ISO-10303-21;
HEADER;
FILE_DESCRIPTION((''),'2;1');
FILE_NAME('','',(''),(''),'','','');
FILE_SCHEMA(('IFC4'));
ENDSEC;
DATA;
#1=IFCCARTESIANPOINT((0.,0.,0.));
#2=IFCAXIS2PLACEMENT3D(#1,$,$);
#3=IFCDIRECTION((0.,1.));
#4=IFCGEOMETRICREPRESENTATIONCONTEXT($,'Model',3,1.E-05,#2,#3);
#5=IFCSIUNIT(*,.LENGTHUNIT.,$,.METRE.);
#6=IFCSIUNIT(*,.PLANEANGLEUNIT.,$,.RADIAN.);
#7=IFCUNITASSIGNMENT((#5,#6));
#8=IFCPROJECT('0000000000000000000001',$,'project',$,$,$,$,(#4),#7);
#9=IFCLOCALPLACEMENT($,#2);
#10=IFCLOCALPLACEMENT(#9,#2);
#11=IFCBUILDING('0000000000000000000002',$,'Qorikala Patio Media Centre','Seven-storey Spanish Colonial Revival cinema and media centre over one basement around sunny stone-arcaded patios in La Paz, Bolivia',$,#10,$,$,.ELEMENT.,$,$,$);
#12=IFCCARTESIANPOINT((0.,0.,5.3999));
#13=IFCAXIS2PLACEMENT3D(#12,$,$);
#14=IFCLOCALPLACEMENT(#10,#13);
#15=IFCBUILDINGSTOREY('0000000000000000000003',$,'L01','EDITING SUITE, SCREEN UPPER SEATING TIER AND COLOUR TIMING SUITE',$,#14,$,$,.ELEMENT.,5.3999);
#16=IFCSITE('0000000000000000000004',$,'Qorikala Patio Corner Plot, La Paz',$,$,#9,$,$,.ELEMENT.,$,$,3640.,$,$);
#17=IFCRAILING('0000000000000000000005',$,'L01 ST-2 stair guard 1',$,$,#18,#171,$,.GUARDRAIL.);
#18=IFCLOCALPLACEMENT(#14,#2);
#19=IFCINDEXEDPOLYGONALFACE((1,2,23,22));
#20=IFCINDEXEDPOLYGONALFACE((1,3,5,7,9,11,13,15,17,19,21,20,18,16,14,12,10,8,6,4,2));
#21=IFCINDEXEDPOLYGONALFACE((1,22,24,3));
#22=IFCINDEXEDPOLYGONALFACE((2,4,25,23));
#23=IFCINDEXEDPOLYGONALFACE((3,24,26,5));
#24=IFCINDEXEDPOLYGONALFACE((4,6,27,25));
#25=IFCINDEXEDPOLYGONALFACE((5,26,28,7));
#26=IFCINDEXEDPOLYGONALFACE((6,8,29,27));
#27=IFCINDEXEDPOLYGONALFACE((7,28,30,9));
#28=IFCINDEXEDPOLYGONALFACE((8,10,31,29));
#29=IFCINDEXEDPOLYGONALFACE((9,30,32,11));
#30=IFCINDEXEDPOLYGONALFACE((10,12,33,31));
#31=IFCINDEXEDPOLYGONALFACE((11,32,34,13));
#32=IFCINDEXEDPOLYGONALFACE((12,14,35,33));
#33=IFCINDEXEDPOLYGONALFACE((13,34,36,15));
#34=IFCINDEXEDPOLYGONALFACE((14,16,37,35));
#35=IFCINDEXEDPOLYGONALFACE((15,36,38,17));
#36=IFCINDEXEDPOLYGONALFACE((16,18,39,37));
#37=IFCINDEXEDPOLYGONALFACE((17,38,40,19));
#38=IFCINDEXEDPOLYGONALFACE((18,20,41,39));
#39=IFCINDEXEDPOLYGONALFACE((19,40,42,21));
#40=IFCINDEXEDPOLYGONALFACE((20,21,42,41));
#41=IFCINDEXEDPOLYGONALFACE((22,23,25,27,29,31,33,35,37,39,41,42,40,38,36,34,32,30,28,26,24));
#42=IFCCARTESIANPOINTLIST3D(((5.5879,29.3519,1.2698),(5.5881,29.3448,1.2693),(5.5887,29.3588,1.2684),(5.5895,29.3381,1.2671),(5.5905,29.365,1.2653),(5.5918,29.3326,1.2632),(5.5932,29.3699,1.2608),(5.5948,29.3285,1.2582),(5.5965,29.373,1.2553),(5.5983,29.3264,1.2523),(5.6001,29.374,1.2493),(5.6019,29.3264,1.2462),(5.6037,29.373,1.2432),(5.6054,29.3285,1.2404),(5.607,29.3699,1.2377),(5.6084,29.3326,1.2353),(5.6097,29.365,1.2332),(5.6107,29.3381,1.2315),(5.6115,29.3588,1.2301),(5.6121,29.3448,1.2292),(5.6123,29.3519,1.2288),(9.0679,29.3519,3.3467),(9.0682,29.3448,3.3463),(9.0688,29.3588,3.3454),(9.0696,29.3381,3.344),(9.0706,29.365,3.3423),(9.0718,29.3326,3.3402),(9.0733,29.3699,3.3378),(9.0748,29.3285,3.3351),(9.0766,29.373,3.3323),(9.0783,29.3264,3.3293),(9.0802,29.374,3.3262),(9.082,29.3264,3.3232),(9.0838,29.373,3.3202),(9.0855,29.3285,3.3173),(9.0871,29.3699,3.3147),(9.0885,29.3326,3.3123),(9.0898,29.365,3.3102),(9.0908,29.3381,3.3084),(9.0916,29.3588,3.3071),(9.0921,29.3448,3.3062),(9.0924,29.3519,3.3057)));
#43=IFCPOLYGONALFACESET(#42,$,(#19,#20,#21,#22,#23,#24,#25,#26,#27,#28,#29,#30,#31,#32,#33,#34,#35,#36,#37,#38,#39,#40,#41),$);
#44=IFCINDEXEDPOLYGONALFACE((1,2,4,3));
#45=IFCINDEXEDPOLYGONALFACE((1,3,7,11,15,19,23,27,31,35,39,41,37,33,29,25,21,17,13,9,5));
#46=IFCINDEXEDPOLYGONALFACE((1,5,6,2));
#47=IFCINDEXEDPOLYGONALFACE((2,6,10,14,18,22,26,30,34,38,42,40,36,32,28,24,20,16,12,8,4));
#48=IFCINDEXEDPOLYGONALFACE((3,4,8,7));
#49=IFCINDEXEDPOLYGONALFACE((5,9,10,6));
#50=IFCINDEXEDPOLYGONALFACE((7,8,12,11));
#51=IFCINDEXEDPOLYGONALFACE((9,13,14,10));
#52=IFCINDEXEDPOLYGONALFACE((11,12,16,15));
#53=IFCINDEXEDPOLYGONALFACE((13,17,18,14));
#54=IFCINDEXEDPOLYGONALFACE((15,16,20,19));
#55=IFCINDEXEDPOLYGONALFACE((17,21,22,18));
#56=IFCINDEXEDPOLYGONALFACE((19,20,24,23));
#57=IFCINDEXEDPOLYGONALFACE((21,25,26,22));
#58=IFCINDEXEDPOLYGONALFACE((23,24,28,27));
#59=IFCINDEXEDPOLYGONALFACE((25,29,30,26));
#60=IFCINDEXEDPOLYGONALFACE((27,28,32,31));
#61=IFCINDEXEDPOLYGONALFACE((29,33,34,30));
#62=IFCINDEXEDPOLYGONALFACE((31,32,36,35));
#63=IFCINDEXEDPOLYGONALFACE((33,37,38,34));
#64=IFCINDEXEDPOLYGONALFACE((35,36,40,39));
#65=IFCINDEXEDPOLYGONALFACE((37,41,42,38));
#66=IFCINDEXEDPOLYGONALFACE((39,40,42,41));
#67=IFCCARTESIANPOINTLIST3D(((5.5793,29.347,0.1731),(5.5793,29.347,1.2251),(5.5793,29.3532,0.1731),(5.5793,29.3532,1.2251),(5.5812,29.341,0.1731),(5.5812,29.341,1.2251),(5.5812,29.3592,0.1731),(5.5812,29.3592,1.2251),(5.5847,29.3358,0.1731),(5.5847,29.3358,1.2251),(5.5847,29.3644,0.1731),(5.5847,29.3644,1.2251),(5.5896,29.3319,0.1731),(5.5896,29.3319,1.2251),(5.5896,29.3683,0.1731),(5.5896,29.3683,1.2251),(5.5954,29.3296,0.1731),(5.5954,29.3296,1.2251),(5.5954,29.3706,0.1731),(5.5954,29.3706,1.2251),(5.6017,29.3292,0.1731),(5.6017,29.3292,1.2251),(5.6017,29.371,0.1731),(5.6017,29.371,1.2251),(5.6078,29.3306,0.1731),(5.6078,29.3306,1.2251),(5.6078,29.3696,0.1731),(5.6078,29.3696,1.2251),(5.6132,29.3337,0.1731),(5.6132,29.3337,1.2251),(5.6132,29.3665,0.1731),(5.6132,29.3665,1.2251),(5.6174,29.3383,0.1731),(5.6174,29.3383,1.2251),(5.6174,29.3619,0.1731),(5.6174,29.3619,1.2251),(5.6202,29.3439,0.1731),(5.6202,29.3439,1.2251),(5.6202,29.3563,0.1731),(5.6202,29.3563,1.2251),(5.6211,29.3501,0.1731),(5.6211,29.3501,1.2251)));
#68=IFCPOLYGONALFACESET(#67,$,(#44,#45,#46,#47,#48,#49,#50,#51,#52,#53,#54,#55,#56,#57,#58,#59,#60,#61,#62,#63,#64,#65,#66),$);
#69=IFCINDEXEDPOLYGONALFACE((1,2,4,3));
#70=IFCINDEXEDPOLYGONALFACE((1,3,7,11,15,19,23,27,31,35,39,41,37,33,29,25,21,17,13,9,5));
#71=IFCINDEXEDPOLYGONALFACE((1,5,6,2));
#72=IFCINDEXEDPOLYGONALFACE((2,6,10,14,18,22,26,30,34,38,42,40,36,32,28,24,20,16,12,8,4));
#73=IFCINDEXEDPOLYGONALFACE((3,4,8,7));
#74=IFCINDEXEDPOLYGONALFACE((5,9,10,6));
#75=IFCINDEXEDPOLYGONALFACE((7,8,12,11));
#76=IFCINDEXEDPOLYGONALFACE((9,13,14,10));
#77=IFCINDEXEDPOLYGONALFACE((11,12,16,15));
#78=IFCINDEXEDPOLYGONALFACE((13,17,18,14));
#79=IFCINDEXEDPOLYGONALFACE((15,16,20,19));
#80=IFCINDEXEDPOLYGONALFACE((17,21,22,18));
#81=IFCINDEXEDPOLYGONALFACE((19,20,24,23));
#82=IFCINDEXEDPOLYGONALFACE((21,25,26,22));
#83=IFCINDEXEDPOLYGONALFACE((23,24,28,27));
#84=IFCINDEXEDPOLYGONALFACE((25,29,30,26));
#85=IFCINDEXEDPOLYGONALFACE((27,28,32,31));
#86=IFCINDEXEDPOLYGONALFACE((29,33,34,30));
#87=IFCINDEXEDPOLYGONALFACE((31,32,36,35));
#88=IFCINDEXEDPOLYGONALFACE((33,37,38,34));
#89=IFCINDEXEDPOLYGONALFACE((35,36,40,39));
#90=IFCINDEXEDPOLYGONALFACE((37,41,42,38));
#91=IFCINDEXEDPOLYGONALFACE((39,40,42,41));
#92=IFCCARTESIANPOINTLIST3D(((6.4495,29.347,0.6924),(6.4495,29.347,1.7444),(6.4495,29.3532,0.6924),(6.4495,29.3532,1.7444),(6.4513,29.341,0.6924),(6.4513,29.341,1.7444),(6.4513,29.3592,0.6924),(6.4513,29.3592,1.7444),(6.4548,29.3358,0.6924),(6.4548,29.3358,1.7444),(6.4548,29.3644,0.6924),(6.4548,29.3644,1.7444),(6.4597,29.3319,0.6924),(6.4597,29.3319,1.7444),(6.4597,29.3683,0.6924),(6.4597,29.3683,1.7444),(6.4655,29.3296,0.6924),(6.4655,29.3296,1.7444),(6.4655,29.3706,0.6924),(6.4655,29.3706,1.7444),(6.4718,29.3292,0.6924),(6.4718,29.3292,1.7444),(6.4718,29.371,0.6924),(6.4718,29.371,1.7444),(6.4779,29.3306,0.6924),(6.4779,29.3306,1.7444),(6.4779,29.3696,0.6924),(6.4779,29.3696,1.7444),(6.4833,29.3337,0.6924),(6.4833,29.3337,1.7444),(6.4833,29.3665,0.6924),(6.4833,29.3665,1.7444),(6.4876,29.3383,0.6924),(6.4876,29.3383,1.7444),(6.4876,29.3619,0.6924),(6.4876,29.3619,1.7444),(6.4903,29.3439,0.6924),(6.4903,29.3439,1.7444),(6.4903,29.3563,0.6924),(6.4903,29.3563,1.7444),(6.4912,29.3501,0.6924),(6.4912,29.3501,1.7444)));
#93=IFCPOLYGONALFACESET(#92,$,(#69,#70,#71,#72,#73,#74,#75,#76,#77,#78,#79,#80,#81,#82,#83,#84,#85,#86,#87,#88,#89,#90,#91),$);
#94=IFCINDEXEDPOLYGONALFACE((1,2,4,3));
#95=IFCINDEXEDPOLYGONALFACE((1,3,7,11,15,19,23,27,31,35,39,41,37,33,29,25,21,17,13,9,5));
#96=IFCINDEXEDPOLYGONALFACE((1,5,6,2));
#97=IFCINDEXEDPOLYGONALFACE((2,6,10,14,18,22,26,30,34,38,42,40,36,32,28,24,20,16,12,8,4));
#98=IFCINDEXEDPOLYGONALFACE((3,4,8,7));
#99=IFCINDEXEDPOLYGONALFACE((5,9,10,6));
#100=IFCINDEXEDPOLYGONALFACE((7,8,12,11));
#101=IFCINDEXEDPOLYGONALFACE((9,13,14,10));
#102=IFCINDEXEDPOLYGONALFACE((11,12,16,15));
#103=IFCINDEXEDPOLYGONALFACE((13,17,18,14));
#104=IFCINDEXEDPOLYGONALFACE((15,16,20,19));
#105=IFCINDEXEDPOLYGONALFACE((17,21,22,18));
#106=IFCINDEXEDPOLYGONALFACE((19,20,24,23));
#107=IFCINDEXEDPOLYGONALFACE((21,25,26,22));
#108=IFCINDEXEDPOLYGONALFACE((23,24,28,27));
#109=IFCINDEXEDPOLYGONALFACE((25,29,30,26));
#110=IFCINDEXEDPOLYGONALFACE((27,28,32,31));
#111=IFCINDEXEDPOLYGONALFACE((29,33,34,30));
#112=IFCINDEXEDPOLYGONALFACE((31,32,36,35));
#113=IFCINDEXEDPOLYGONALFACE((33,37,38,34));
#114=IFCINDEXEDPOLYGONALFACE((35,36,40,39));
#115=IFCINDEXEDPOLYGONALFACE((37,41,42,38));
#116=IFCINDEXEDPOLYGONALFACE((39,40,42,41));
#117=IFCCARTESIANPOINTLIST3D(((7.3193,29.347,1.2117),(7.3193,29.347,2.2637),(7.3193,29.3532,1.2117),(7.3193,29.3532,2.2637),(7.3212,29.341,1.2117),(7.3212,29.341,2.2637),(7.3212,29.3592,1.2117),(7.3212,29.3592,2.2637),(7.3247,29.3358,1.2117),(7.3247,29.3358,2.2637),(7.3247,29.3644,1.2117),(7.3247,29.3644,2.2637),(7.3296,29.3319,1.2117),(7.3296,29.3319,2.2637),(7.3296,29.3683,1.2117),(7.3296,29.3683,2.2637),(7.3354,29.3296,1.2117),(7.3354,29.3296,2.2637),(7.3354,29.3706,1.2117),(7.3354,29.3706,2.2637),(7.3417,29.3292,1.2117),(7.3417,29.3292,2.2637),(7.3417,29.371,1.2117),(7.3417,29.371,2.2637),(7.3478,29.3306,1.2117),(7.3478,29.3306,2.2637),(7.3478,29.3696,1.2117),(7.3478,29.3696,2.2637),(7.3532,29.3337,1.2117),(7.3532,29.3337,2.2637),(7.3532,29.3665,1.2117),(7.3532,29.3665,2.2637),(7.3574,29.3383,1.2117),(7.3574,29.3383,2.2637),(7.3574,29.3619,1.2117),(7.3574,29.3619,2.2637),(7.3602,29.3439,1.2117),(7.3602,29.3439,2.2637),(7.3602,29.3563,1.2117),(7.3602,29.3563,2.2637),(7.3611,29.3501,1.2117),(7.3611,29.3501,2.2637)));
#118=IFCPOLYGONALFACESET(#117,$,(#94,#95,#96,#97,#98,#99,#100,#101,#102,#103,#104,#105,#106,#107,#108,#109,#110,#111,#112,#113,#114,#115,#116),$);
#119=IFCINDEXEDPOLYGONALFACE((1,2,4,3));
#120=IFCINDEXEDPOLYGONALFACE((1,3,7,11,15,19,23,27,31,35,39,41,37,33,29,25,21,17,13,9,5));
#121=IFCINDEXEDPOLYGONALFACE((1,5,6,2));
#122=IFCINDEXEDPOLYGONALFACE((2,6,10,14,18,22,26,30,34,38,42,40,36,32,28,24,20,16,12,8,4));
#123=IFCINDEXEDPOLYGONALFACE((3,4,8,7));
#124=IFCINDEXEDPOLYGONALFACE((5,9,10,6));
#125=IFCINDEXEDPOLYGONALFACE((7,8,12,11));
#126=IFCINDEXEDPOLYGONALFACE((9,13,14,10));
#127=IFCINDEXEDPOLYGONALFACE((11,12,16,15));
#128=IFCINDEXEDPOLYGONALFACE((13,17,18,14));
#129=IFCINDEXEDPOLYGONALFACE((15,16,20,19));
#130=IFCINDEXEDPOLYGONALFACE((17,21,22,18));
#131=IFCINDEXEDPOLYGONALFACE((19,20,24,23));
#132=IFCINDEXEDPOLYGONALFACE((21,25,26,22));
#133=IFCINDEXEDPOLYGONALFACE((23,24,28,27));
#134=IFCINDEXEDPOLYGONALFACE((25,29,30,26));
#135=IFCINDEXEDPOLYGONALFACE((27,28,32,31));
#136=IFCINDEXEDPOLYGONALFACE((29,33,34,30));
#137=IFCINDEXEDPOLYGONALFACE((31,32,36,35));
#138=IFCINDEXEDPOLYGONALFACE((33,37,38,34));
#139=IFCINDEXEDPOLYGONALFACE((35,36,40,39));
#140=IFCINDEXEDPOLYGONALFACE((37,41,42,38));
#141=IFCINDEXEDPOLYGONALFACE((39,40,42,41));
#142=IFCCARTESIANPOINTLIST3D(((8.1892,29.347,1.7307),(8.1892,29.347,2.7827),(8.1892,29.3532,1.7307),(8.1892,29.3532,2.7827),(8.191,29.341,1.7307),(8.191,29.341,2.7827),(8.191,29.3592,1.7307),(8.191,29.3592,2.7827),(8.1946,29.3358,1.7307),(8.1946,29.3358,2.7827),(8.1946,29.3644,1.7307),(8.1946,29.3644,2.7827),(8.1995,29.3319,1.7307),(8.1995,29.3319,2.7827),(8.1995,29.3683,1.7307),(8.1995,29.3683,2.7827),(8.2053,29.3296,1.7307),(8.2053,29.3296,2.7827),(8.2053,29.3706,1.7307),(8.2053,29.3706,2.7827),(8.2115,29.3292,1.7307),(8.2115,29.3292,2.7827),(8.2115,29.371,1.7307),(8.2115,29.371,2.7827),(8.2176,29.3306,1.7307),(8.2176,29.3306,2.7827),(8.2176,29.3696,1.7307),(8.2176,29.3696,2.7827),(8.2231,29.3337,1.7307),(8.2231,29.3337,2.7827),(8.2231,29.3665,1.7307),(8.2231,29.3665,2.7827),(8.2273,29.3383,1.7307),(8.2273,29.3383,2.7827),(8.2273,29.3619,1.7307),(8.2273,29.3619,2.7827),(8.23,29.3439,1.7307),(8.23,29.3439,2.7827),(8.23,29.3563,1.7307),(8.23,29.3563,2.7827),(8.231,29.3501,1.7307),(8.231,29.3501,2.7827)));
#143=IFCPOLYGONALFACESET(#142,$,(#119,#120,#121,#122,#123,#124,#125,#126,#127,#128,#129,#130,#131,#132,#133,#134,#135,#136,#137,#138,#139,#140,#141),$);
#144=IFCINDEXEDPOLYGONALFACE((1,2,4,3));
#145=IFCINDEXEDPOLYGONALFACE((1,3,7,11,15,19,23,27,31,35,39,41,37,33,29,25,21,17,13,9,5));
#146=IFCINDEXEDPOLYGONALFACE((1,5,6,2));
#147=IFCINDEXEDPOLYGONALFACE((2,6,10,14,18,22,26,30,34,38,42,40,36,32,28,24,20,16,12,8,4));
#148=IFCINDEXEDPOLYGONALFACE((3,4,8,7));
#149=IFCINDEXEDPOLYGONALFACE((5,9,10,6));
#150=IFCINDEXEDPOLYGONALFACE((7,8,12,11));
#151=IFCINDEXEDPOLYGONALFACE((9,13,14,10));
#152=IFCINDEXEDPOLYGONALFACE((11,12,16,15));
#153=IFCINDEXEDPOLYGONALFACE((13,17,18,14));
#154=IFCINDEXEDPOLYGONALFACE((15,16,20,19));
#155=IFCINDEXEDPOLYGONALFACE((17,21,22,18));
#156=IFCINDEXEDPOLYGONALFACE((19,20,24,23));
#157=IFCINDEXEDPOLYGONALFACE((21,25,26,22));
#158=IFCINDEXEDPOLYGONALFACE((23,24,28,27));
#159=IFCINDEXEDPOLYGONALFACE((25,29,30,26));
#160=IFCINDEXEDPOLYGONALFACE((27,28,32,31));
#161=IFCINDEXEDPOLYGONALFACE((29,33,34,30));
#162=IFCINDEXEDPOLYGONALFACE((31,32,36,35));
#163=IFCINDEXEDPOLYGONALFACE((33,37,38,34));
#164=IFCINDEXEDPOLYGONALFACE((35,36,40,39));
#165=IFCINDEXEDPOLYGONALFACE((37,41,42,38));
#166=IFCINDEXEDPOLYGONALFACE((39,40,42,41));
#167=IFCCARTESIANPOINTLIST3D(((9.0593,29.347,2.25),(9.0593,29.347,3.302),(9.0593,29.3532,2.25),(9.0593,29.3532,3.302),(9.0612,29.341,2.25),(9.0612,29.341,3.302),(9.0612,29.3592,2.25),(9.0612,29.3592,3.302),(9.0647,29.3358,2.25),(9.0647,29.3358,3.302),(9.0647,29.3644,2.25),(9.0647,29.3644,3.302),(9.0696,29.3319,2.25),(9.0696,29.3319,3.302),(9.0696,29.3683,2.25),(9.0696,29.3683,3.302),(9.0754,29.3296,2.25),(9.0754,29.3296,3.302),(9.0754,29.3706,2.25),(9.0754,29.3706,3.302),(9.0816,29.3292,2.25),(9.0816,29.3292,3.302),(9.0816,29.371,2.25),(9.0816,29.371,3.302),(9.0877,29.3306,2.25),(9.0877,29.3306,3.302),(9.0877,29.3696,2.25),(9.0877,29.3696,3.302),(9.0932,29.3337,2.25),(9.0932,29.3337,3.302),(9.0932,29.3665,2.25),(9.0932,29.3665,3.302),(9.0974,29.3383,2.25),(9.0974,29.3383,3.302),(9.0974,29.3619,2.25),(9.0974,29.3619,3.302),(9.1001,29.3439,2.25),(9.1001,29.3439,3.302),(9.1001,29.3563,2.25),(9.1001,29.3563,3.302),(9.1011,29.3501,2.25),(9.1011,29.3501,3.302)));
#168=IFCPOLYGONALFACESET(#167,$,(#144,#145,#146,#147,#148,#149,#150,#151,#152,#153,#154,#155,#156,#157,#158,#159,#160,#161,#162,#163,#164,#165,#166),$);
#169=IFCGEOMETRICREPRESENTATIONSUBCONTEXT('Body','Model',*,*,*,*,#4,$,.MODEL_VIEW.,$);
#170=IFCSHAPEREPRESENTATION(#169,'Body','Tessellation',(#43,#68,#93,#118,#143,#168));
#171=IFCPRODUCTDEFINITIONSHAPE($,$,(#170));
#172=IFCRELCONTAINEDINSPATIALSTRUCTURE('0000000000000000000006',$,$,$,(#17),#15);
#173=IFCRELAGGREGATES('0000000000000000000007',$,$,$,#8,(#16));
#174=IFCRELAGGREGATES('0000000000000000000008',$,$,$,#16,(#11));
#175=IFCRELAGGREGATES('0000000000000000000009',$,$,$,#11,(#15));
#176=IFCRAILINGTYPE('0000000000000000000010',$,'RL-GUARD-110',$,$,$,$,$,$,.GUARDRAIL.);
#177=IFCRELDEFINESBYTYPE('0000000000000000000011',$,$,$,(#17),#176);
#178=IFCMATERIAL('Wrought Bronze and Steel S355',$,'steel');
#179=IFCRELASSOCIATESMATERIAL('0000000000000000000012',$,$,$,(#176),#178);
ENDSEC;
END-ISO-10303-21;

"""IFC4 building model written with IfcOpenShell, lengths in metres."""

from ifc_helpers import new_model, si_unit, direction, frame, origin, origin_2d, place, context, subcontext, project, spatial, circle, extrude, material, type_object, element, save


model = new_model("IFC4")

# Units and contexts
model_context = context("Model", 3, precision=1e-05, world=origin(), true_north=direction((0.0, 1.0)))
body_context = subcontext(model_context, "Body", "Model", "MODEL_VIEW")
ifc_project = project(units=[si_unit("LENGTHUNIT", "METRE"), si_unit("PLANEANGLEUNIT", "RADIAN")], contexts=[model_context])

# Site, building, storey
site_placement = place(None, origin())
site = spatial("IfcSite", under=ifc_project, at=site_placement, Name="Qorikala Patio Corner Plot, La Paz", CompositionType="ELEMENT", RefElevation=3640.0)
building_placement = place(site_placement, origin())
building = spatial("IfcBuilding", under=site, at=building_placement, Name="Qorikala Patio Media Centre", Description="Seven-storey Spanish Colonial Revival cinema and media centre over one basement around sunny stone-arcaded patios in La Paz, Bolivia", CompositionType="ELEMENT")
storey_placement = place(building_placement, frame((0.0, 0.0, 5.3999)))
storey = spatial("IfcBuildingStorey", under=building, at=storey_placement, Name="L01", Description="EDITING SUITE, SCREEN UPPER SEATING TIER AND COLOUR TIMING SUITE", CompositionType="ELEMENT", Elevation=5.3999)

# Railing
ifc_material_1 = material(Name="Wrought Bronze and Steel S355", Category="steel")
railing_type_1 = type_object("IfcRailingType", Name="RL-GUARD-110", PredefinedType="GUARDRAIL", material=ifc_material_1)
railing_1_placement = place(storey_placement, frame((5.6001, 29.3501, 0.1731)))
element("IfcRailing", 1, at=railing_1_placement, inside=storey, type_object=railing_type_1, Name="L01 ST-2 stair guard 1", PredefinedType="GUARDRAIL", context=body_context, shape_type="SweptSolid", body=[
    extrude(circle(Radius=0.0239, at=origin_2d()), frame((0.0, 0.0, 1.0762), z_axis=(0.858697, 0.0, 0.512483), x_axis=(0.0, 1.0, 0.0)), (0.0, 0.0, 1.0), 4.0527),
    extrude(circle(Radius=0.021, at=origin_2d()), origin(), (0.0, 0.0, 1.0), 1.052),
    extrude(circle(Radius=0.021, at=origin_2d()), frame((0.8701, 0.0, 0.5193)), (0.0, 0.0, 1.0), 1.052),
    extrude(circle(Radius=0.021, at=origin_2d()), frame((1.74, 0.0, 1.0386)), (0.0, 0.0, 1.0), 1.052),
    extrude(circle(Radius=0.021, at=origin_2d()), frame((2.6099, 0.0, 1.5576)), (0.0, 0.0, 1.0), 1.052),
    extrude(circle(Radius=0.021, at=origin_2d()), frame((3.48, 0.0, 2.0769)), (0.0, 0.0, 1.0), 1.052),
])

save(model, "model.ifc")
